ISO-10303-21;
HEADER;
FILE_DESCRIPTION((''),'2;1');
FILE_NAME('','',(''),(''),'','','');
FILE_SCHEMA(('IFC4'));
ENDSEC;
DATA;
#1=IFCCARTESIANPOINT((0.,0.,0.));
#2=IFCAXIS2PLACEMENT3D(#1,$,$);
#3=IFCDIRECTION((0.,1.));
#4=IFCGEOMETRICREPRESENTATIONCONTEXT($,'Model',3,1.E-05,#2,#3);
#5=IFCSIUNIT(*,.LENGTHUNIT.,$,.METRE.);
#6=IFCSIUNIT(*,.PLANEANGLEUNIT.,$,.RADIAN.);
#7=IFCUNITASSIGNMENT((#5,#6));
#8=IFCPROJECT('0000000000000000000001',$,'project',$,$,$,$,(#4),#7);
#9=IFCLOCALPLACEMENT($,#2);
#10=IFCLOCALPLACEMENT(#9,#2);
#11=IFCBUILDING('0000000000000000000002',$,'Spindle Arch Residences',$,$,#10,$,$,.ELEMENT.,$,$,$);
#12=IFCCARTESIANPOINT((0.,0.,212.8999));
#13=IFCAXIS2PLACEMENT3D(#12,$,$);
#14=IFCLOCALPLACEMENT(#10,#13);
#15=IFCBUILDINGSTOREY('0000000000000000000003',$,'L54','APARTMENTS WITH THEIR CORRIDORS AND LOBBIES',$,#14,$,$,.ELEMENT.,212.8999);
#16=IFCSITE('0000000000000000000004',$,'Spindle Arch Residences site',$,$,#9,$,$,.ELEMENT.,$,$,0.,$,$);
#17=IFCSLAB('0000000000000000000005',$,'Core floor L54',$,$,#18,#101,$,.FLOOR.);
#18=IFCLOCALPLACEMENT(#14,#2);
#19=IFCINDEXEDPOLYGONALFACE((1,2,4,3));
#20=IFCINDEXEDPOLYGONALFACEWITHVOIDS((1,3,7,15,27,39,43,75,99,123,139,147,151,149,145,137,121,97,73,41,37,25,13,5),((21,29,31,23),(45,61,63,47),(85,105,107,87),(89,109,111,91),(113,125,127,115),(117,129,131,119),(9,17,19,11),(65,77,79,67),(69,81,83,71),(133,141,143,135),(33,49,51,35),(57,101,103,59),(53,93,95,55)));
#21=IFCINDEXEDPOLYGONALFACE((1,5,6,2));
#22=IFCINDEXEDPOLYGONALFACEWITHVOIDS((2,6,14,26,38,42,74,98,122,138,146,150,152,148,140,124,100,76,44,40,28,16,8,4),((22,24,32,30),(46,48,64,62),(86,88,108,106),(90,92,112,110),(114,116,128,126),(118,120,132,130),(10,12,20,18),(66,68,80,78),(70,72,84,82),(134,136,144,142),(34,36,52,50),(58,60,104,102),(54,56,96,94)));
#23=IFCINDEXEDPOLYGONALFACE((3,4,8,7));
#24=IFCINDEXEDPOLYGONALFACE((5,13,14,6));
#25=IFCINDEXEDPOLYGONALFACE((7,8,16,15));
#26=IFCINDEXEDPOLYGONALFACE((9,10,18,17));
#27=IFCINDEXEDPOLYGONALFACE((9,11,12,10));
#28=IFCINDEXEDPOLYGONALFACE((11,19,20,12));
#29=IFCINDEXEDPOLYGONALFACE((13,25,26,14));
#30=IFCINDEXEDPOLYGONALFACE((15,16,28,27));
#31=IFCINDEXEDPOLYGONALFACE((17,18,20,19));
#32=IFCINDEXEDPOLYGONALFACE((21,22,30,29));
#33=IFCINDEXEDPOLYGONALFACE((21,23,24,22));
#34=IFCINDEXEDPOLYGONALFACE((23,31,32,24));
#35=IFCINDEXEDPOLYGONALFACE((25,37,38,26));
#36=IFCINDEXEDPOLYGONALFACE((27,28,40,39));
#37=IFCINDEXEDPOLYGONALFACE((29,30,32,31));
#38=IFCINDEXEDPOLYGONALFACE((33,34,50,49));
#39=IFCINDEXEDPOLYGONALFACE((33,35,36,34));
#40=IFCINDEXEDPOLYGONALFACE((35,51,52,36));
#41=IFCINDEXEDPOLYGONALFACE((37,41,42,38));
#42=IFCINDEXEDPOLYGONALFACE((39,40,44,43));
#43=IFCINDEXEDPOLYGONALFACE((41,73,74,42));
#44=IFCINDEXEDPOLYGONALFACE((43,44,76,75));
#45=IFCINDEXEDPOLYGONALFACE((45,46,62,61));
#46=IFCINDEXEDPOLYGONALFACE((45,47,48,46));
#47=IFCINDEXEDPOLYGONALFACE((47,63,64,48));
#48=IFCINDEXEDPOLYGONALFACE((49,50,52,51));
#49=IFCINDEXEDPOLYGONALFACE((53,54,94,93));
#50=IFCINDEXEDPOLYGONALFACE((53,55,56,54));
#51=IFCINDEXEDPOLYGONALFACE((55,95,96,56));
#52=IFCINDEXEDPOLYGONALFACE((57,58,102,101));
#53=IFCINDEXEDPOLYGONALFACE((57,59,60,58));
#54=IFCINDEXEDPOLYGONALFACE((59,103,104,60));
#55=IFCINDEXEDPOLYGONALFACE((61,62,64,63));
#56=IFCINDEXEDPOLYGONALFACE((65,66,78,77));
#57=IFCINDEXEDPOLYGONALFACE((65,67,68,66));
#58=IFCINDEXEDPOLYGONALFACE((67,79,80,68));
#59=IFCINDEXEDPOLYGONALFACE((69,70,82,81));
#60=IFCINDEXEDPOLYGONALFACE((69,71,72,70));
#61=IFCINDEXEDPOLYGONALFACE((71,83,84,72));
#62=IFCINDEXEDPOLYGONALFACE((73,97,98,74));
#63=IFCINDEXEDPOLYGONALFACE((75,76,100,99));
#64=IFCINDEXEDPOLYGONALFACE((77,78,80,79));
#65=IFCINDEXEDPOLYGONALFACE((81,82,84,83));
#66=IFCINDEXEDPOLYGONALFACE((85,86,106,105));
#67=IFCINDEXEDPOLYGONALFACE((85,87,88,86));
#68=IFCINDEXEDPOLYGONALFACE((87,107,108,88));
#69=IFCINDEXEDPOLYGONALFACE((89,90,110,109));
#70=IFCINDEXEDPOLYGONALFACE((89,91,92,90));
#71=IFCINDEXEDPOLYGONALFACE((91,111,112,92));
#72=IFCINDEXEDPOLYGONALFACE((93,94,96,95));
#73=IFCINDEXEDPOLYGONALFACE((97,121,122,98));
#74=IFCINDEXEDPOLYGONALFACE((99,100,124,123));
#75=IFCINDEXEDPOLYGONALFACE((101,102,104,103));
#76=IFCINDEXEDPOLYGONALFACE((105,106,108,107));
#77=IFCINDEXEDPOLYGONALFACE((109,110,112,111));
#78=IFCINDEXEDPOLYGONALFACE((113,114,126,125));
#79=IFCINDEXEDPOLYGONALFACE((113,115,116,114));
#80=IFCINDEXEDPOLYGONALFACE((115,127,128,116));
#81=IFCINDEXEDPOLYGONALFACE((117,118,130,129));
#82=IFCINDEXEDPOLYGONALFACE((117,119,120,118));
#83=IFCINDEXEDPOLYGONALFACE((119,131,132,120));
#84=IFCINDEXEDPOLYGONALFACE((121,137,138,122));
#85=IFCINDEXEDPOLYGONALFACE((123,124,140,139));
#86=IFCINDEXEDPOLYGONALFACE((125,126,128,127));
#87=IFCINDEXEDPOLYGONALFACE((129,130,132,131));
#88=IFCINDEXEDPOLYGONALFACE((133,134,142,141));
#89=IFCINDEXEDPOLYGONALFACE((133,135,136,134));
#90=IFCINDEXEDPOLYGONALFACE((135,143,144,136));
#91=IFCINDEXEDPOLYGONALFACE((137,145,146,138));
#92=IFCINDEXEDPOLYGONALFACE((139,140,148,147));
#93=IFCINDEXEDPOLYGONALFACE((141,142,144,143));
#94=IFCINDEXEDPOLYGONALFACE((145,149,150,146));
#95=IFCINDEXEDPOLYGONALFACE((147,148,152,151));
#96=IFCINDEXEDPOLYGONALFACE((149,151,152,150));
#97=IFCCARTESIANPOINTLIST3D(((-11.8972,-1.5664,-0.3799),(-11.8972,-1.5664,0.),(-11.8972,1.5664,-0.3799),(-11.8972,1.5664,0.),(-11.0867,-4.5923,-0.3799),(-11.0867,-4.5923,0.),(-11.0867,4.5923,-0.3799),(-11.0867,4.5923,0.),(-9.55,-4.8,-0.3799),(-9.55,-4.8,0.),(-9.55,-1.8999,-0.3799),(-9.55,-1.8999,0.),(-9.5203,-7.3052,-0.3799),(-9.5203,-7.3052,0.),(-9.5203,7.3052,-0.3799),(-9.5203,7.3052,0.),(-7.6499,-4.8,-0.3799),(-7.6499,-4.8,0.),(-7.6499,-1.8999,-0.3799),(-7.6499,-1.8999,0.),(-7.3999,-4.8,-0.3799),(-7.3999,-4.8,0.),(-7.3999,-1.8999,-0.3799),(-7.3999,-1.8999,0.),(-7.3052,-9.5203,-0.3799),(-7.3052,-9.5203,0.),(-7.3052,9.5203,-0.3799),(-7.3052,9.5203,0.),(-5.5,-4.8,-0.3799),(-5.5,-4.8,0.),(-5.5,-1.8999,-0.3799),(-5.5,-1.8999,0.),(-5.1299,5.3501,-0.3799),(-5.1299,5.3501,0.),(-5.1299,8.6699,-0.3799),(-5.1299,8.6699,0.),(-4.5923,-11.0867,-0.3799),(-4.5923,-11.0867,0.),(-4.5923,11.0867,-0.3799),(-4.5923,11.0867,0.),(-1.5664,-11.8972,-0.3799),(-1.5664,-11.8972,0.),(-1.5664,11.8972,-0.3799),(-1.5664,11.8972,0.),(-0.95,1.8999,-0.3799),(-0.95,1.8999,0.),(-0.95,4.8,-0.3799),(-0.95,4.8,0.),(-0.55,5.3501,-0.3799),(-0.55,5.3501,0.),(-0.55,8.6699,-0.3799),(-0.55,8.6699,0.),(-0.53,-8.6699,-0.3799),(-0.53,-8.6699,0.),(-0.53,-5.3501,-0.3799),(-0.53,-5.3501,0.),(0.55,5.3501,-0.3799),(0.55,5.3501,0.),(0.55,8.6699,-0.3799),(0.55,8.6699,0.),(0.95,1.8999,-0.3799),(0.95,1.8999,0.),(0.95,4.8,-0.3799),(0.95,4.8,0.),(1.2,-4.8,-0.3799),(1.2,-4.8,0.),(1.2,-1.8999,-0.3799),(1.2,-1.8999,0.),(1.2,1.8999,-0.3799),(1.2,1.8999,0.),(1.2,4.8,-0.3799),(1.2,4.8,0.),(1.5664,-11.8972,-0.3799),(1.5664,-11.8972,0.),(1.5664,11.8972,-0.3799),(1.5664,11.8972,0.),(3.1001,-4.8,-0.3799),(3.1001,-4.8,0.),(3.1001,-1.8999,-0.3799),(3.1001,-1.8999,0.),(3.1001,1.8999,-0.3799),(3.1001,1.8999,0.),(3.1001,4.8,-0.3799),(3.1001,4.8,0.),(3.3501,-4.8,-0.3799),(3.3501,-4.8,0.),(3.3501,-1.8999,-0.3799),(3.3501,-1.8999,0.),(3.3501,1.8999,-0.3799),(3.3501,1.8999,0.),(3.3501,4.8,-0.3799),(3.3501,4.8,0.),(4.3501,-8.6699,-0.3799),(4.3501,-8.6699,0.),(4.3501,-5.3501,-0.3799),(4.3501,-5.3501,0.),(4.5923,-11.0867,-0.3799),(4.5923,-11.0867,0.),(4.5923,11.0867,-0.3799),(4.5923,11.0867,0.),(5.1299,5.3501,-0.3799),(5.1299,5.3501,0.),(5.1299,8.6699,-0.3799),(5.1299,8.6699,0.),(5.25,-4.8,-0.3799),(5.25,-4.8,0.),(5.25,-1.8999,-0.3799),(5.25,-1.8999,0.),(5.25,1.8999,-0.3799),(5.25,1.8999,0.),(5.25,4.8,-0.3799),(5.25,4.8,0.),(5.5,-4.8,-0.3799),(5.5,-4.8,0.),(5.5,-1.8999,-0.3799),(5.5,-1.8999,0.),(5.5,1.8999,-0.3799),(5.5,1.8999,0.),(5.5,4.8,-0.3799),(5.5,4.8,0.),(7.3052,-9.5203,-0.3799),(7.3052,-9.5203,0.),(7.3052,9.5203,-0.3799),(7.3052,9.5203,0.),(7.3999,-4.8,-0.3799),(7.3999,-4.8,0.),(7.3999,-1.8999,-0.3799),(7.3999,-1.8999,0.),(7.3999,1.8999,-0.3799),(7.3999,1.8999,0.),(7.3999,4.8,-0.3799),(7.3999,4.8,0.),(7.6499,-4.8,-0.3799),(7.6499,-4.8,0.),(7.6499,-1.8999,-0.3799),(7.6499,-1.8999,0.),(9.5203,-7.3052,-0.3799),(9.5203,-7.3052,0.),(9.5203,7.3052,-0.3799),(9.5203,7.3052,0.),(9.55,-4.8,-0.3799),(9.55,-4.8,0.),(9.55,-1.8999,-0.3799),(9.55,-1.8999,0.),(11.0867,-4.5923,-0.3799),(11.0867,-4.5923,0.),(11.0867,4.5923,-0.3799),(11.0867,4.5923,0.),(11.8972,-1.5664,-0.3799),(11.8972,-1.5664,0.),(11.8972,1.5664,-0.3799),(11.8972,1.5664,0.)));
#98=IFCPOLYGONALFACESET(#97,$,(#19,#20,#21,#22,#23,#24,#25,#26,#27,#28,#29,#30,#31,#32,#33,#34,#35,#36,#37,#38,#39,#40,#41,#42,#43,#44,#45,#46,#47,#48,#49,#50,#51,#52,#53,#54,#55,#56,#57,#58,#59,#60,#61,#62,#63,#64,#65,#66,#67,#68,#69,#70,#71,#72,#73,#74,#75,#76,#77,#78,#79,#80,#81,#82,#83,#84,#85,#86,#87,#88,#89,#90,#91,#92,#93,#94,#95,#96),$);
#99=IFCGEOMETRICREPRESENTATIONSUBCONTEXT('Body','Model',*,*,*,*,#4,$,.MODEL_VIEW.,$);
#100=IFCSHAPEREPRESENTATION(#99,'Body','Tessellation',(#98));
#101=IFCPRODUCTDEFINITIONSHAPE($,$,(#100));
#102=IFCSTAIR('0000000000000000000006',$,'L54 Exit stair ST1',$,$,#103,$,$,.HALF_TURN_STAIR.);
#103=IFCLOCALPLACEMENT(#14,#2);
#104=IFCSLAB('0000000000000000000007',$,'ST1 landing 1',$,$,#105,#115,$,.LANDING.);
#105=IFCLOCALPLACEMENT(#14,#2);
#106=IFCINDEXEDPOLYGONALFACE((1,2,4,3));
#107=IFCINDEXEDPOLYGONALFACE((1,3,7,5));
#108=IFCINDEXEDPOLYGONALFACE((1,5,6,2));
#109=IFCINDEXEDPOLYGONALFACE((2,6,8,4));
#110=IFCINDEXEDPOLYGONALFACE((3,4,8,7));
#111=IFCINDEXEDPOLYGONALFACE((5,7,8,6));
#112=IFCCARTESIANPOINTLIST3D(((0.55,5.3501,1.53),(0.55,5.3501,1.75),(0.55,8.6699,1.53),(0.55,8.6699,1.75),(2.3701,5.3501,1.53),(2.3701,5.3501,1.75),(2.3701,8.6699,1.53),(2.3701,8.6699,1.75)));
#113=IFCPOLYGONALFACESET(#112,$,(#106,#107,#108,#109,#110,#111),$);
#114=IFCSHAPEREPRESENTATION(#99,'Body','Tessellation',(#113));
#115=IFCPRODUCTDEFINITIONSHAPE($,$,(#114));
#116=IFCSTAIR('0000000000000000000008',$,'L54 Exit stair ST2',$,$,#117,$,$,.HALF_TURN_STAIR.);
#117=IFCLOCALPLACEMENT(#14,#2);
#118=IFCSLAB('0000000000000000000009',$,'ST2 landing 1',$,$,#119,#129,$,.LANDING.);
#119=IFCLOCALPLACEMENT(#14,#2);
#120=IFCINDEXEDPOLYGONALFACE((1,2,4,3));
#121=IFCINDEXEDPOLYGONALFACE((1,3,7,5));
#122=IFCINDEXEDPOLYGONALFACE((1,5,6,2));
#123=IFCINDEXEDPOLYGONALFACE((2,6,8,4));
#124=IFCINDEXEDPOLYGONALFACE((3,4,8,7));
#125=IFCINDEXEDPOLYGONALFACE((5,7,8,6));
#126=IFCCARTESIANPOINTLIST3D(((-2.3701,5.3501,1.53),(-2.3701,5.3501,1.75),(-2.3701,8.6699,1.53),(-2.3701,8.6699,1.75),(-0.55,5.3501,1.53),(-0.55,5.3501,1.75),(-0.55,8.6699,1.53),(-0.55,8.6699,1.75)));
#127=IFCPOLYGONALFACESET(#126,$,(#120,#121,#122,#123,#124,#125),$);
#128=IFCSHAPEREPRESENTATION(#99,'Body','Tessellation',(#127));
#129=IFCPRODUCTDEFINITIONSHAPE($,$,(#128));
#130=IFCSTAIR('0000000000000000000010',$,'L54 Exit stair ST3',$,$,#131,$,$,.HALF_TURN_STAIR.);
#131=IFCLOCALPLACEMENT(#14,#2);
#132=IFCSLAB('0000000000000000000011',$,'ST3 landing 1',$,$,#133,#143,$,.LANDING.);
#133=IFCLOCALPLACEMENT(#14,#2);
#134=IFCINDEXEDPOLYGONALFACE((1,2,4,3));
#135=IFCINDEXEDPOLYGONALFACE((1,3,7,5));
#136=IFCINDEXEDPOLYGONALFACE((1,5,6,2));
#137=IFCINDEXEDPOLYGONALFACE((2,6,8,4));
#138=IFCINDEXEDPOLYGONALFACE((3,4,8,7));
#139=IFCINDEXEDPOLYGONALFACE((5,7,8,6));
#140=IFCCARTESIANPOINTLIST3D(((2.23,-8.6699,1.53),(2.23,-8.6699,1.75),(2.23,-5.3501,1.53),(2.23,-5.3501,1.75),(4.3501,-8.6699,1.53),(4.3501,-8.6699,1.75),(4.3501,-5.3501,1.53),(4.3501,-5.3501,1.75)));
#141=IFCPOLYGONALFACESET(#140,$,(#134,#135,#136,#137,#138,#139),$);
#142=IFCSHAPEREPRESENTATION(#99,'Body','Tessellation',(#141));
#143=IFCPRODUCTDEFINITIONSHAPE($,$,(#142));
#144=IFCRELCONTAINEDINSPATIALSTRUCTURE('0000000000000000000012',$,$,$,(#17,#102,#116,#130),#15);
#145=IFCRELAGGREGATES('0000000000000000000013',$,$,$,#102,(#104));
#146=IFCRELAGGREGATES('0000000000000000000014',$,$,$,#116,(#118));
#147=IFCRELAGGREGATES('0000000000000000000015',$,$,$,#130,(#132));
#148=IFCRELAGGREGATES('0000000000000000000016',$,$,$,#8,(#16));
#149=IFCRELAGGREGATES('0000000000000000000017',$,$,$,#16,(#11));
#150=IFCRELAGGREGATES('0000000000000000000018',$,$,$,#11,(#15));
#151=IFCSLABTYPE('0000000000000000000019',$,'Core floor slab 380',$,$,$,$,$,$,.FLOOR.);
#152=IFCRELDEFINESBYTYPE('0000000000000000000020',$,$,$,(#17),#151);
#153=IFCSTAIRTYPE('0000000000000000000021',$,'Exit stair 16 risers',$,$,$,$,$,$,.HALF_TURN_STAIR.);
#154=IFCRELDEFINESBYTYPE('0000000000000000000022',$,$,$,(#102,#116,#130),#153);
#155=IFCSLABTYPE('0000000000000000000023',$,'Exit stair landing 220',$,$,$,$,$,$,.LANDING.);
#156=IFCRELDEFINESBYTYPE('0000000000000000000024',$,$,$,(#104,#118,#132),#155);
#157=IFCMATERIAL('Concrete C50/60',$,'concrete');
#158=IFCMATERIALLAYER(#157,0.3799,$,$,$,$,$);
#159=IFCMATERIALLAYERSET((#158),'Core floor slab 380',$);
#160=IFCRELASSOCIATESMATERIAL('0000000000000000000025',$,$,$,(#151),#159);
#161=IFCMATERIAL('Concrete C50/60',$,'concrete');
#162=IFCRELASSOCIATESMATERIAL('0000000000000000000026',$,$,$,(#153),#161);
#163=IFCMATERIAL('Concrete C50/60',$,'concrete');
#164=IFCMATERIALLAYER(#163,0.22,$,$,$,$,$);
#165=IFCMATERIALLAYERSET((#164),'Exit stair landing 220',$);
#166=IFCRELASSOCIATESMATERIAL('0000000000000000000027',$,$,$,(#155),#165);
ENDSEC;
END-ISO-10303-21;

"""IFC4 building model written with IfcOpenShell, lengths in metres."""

from ifc_helpers import new_model, si_unit, direction, frame, origin, place, context, subcontext, project, spatial, polyline, outline, extrude, material, layer, layer_set, type_object, element, aggregate, save


model = new_model("IFC4")

# Units and contexts
model_context = context("Model", 3, precision=1e-05, world=origin(), true_north=direction((0.0, 1.0)))
body_context = subcontext(model_context, "Body", "Model", "MODEL_VIEW")
ifc_project = project(units=[si_unit("LENGTHUNIT", "METRE"), si_unit("PLANEANGLEUNIT", "RADIAN")], contexts=[model_context])

# Site, building, storey
site_placement = place(None, origin())
site = spatial("IfcSite", under=ifc_project, at=site_placement, Name="Spindle Arch Residences site", CompositionType="ELEMENT", RefElevation=0.0)
building_placement = place(site_placement, origin())
building = spatial("IfcBuilding", under=site, at=building_placement, Name="Spindle Arch Residences", CompositionType="ELEMENT")
storey_placement = place(building_placement, frame((0.0, 0.0, 212.8999)))
storey = spatial("IfcBuildingStorey", under=building, at=storey_placement, Name="L54", Description="APARTMENTS WITH THEIR CORRIDORS AND LOBBIES", CompositionType="ELEMENT", Elevation=212.8999)

# Slab
ifc_material_1 = material(Name="Concrete C50/60", Category="concrete")
ifc_layer_1 = layer(ifc_material_1, 0.3799)
ifc_layer_set_1 = layer_set([ifc_layer_1], Name="Core floor slab 380")
slab_type_1 = type_object("IfcSlabType", Name="Core floor slab 380", PredefinedType="FLOOR", material=ifc_layer_set_1)
slab_1_placement = place(storey_placement, frame((0.0, 0.0, -0.3799)))
element("IfcSlab", 1, at=slab_1_placement, inside=storey, type_object=slab_type_1, Name="Core floor L54", PredefinedType="FLOOR", context=body_context, shape_type="SweptSolid", body=[
    extrude(outline(polyline([(1.5664, -11.8972), (4.5923, -11.0867), (7.3052, -9.5203), (9.5203, -7.3052), (11.0867, -4.5923), (11.8972, -1.5664), (11.8972, 1.5664), (11.0867, 4.5923), (9.5203, 7.3052), (7.3052, 9.5203), (4.5923, 11.0867), (1.5664, 11.8972), (-1.5664, 11.8972), (-4.5923, 11.0867), (-7.3052, 9.5203), (-9.5203, 7.3052), (-11.0867, 4.5923), (-11.8972, 1.5664), (-11.8972, -1.5664), (-11.0867, -4.5923), (-9.5203, -7.3052), (-7.3052, -9.5203), (-4.5923, -11.0867), (-1.5664, -11.8972), (1.5664, -11.8972)]), holes=[polyline([(-0.95, 1.8999), (0.95, 1.8999), (0.95, 4.8), (-0.95, 4.8), (-0.95, 1.8999)]), polyline([(1.2, 1.8999), (3.1001, 1.8999), (3.1001, 4.8), (1.2, 4.8), (1.2, 1.8999)]), polyline([(3.3501, 1.8999), (5.25, 1.8999), (5.25, 4.8), (3.3501, 4.8), (3.3501, 1.8999)]), polyline([(5.5, 1.8999), (7.3999, 1.8999), (7.3999, 4.8), (5.5, 4.8), (5.5, 1.8999)]), polyline([(-9.55, -4.8), (-7.6499, -4.8), (-7.6499, -1.8999), (-9.55, -1.8999), (-9.55, -4.8)]), polyline([(-7.3999, -4.8), (-5.5, -4.8), (-5.5, -1.8999), (-7.3999, -1.8999), (-7.3999, -4.8)]), polyline([(1.2, -4.8), (3.1001, -4.8), (3.1001, -1.8999), (1.2, -1.8999), (1.2, -4.8)]), polyline([(3.3501, -4.8), (5.25, -4.8), (5.25, -1.8999), (3.3501, -1.8999), (3.3501, -4.8)]), polyline([(5.5, -4.8), (7.3999, -4.8), (7.3999, -1.8999), (5.5, -1.8999), (5.5, -4.8)]), polyline([(7.6499, -4.8), (9.55, -4.8), (9.55, -1.8999), (7.6499, -1.8999), (7.6499, -4.8)]), polyline([(5.1299, 8.6699), (0.55, 8.6699), (0.55, 5.3501), (5.1299, 5.3501), (5.1299, 8.6699)]), polyline([(-5.1299, 5.3501), (-0.55, 5.3501), (-0.55, 8.6699), (-5.1299, 8.6699), (-5.1299, 5.3501)]), polyline([(-0.53, -8.6699), (4.3501, -8.6699), (4.3501, -5.3501), (-0.53, -5.3501), (-0.53, -8.6699)])]), origin(), (0.0, 0.0, 1.0), 0.3799),
])

# Stairs, slabs
ifc_material_2 = material(Name="Concrete C50/60", Category="concrete")
stair_type = type_object("IfcStairType", Name="Exit stair 16 risers", PredefinedType="HALF_TURN_STAIR", material=ifc_material_2)
stair_1_placement = place(storey_placement, origin())
stair_1 = element("IfcStair", 2, at=stair_1_placement, inside=storey, type_object=stair_type, Name="L54 Exit stair ST1", PredefinedType="HALF_TURN_STAIR")
ifc_material_3 = material(Name="Concrete C50/60", Category="concrete")
ifc_layer_2 = layer(ifc_material_3, 0.22)
ifc_layer_set_2 = layer_set([ifc_layer_2], Name="Exit stair landing 220")
slab_type_2 = type_object("IfcSlabType", Name="Exit stair landing 220", PredefinedType="LANDING", material=ifc_layer_set_2)
slab_2_placement = place(storey_placement, frame((0.0, 0.0, 1.53)))
slab_2 = element("IfcSlab", 3, at=slab_2_placement, type_object=slab_type_2, Name="ST1 landing 1", PredefinedType="LANDING", context=body_context, shape_type="SweptSolid", body=[
    extrude(outline(polyline([(2.3701, 8.6699), (0.55, 8.6699), (0.55, 5.3501), (2.3701, 5.3501), (2.3701, 8.6699)])), origin(), (0.0, 0.0, 1.0), 0.22),
])
aggregate(stair_1, [slab_2])
stair_2_placement = place(storey_placement, origin())
stair_2 = element("IfcStair", 4, at=stair_2_placement, inside=storey, type_object=stair_type, Name="L54 Exit stair ST2", PredefinedType="HALF_TURN_STAIR")
slab_3_placement = place(storey_placement, frame((0.0, 0.0, 1.53)))
slab_3 = element("IfcSlab", 5, at=slab_3_placement, type_object=slab_type_2, Name="ST2 landing 1", PredefinedType="LANDING", context=body_context, shape_type="SweptSolid", body=[
    extrude(outline(polyline([(-2.3701, 5.3501), (-0.55, 5.3501), (-0.55, 8.6699), (-2.3701, 8.6699), (-2.3701, 5.3501)])), origin(), (0.0, 0.0, 1.0), 0.22),
])
aggregate(stair_2, [slab_3])
stair_3_placement = place(storey_placement, origin())
stair_3 = element("IfcStair", 6, at=stair_3_placement, inside=storey, type_object=stair_type, Name="L54 Exit stair ST3", PredefinedType="HALF_TURN_STAIR")
slab_4_placement = place(storey_placement, frame((0.0, 0.0, 1.53)))
slab_4 = element("IfcSlab", 7, at=slab_4_placement, type_object=slab_type_2, Name="ST3 landing 1", PredefinedType="LANDING", context=body_context, shape_type="SweptSolid", body=[
    extrude(outline(polyline([(2.23, -8.6699), (4.3501, -8.6699), (4.3501, -5.3501), (2.23, -5.3501), (2.23, -8.6699)])), origin(), (0.0, 0.0, 1.0), 0.22),
])

aggregate(stair_3, [slab_4])

save(model, "model.ifc")
